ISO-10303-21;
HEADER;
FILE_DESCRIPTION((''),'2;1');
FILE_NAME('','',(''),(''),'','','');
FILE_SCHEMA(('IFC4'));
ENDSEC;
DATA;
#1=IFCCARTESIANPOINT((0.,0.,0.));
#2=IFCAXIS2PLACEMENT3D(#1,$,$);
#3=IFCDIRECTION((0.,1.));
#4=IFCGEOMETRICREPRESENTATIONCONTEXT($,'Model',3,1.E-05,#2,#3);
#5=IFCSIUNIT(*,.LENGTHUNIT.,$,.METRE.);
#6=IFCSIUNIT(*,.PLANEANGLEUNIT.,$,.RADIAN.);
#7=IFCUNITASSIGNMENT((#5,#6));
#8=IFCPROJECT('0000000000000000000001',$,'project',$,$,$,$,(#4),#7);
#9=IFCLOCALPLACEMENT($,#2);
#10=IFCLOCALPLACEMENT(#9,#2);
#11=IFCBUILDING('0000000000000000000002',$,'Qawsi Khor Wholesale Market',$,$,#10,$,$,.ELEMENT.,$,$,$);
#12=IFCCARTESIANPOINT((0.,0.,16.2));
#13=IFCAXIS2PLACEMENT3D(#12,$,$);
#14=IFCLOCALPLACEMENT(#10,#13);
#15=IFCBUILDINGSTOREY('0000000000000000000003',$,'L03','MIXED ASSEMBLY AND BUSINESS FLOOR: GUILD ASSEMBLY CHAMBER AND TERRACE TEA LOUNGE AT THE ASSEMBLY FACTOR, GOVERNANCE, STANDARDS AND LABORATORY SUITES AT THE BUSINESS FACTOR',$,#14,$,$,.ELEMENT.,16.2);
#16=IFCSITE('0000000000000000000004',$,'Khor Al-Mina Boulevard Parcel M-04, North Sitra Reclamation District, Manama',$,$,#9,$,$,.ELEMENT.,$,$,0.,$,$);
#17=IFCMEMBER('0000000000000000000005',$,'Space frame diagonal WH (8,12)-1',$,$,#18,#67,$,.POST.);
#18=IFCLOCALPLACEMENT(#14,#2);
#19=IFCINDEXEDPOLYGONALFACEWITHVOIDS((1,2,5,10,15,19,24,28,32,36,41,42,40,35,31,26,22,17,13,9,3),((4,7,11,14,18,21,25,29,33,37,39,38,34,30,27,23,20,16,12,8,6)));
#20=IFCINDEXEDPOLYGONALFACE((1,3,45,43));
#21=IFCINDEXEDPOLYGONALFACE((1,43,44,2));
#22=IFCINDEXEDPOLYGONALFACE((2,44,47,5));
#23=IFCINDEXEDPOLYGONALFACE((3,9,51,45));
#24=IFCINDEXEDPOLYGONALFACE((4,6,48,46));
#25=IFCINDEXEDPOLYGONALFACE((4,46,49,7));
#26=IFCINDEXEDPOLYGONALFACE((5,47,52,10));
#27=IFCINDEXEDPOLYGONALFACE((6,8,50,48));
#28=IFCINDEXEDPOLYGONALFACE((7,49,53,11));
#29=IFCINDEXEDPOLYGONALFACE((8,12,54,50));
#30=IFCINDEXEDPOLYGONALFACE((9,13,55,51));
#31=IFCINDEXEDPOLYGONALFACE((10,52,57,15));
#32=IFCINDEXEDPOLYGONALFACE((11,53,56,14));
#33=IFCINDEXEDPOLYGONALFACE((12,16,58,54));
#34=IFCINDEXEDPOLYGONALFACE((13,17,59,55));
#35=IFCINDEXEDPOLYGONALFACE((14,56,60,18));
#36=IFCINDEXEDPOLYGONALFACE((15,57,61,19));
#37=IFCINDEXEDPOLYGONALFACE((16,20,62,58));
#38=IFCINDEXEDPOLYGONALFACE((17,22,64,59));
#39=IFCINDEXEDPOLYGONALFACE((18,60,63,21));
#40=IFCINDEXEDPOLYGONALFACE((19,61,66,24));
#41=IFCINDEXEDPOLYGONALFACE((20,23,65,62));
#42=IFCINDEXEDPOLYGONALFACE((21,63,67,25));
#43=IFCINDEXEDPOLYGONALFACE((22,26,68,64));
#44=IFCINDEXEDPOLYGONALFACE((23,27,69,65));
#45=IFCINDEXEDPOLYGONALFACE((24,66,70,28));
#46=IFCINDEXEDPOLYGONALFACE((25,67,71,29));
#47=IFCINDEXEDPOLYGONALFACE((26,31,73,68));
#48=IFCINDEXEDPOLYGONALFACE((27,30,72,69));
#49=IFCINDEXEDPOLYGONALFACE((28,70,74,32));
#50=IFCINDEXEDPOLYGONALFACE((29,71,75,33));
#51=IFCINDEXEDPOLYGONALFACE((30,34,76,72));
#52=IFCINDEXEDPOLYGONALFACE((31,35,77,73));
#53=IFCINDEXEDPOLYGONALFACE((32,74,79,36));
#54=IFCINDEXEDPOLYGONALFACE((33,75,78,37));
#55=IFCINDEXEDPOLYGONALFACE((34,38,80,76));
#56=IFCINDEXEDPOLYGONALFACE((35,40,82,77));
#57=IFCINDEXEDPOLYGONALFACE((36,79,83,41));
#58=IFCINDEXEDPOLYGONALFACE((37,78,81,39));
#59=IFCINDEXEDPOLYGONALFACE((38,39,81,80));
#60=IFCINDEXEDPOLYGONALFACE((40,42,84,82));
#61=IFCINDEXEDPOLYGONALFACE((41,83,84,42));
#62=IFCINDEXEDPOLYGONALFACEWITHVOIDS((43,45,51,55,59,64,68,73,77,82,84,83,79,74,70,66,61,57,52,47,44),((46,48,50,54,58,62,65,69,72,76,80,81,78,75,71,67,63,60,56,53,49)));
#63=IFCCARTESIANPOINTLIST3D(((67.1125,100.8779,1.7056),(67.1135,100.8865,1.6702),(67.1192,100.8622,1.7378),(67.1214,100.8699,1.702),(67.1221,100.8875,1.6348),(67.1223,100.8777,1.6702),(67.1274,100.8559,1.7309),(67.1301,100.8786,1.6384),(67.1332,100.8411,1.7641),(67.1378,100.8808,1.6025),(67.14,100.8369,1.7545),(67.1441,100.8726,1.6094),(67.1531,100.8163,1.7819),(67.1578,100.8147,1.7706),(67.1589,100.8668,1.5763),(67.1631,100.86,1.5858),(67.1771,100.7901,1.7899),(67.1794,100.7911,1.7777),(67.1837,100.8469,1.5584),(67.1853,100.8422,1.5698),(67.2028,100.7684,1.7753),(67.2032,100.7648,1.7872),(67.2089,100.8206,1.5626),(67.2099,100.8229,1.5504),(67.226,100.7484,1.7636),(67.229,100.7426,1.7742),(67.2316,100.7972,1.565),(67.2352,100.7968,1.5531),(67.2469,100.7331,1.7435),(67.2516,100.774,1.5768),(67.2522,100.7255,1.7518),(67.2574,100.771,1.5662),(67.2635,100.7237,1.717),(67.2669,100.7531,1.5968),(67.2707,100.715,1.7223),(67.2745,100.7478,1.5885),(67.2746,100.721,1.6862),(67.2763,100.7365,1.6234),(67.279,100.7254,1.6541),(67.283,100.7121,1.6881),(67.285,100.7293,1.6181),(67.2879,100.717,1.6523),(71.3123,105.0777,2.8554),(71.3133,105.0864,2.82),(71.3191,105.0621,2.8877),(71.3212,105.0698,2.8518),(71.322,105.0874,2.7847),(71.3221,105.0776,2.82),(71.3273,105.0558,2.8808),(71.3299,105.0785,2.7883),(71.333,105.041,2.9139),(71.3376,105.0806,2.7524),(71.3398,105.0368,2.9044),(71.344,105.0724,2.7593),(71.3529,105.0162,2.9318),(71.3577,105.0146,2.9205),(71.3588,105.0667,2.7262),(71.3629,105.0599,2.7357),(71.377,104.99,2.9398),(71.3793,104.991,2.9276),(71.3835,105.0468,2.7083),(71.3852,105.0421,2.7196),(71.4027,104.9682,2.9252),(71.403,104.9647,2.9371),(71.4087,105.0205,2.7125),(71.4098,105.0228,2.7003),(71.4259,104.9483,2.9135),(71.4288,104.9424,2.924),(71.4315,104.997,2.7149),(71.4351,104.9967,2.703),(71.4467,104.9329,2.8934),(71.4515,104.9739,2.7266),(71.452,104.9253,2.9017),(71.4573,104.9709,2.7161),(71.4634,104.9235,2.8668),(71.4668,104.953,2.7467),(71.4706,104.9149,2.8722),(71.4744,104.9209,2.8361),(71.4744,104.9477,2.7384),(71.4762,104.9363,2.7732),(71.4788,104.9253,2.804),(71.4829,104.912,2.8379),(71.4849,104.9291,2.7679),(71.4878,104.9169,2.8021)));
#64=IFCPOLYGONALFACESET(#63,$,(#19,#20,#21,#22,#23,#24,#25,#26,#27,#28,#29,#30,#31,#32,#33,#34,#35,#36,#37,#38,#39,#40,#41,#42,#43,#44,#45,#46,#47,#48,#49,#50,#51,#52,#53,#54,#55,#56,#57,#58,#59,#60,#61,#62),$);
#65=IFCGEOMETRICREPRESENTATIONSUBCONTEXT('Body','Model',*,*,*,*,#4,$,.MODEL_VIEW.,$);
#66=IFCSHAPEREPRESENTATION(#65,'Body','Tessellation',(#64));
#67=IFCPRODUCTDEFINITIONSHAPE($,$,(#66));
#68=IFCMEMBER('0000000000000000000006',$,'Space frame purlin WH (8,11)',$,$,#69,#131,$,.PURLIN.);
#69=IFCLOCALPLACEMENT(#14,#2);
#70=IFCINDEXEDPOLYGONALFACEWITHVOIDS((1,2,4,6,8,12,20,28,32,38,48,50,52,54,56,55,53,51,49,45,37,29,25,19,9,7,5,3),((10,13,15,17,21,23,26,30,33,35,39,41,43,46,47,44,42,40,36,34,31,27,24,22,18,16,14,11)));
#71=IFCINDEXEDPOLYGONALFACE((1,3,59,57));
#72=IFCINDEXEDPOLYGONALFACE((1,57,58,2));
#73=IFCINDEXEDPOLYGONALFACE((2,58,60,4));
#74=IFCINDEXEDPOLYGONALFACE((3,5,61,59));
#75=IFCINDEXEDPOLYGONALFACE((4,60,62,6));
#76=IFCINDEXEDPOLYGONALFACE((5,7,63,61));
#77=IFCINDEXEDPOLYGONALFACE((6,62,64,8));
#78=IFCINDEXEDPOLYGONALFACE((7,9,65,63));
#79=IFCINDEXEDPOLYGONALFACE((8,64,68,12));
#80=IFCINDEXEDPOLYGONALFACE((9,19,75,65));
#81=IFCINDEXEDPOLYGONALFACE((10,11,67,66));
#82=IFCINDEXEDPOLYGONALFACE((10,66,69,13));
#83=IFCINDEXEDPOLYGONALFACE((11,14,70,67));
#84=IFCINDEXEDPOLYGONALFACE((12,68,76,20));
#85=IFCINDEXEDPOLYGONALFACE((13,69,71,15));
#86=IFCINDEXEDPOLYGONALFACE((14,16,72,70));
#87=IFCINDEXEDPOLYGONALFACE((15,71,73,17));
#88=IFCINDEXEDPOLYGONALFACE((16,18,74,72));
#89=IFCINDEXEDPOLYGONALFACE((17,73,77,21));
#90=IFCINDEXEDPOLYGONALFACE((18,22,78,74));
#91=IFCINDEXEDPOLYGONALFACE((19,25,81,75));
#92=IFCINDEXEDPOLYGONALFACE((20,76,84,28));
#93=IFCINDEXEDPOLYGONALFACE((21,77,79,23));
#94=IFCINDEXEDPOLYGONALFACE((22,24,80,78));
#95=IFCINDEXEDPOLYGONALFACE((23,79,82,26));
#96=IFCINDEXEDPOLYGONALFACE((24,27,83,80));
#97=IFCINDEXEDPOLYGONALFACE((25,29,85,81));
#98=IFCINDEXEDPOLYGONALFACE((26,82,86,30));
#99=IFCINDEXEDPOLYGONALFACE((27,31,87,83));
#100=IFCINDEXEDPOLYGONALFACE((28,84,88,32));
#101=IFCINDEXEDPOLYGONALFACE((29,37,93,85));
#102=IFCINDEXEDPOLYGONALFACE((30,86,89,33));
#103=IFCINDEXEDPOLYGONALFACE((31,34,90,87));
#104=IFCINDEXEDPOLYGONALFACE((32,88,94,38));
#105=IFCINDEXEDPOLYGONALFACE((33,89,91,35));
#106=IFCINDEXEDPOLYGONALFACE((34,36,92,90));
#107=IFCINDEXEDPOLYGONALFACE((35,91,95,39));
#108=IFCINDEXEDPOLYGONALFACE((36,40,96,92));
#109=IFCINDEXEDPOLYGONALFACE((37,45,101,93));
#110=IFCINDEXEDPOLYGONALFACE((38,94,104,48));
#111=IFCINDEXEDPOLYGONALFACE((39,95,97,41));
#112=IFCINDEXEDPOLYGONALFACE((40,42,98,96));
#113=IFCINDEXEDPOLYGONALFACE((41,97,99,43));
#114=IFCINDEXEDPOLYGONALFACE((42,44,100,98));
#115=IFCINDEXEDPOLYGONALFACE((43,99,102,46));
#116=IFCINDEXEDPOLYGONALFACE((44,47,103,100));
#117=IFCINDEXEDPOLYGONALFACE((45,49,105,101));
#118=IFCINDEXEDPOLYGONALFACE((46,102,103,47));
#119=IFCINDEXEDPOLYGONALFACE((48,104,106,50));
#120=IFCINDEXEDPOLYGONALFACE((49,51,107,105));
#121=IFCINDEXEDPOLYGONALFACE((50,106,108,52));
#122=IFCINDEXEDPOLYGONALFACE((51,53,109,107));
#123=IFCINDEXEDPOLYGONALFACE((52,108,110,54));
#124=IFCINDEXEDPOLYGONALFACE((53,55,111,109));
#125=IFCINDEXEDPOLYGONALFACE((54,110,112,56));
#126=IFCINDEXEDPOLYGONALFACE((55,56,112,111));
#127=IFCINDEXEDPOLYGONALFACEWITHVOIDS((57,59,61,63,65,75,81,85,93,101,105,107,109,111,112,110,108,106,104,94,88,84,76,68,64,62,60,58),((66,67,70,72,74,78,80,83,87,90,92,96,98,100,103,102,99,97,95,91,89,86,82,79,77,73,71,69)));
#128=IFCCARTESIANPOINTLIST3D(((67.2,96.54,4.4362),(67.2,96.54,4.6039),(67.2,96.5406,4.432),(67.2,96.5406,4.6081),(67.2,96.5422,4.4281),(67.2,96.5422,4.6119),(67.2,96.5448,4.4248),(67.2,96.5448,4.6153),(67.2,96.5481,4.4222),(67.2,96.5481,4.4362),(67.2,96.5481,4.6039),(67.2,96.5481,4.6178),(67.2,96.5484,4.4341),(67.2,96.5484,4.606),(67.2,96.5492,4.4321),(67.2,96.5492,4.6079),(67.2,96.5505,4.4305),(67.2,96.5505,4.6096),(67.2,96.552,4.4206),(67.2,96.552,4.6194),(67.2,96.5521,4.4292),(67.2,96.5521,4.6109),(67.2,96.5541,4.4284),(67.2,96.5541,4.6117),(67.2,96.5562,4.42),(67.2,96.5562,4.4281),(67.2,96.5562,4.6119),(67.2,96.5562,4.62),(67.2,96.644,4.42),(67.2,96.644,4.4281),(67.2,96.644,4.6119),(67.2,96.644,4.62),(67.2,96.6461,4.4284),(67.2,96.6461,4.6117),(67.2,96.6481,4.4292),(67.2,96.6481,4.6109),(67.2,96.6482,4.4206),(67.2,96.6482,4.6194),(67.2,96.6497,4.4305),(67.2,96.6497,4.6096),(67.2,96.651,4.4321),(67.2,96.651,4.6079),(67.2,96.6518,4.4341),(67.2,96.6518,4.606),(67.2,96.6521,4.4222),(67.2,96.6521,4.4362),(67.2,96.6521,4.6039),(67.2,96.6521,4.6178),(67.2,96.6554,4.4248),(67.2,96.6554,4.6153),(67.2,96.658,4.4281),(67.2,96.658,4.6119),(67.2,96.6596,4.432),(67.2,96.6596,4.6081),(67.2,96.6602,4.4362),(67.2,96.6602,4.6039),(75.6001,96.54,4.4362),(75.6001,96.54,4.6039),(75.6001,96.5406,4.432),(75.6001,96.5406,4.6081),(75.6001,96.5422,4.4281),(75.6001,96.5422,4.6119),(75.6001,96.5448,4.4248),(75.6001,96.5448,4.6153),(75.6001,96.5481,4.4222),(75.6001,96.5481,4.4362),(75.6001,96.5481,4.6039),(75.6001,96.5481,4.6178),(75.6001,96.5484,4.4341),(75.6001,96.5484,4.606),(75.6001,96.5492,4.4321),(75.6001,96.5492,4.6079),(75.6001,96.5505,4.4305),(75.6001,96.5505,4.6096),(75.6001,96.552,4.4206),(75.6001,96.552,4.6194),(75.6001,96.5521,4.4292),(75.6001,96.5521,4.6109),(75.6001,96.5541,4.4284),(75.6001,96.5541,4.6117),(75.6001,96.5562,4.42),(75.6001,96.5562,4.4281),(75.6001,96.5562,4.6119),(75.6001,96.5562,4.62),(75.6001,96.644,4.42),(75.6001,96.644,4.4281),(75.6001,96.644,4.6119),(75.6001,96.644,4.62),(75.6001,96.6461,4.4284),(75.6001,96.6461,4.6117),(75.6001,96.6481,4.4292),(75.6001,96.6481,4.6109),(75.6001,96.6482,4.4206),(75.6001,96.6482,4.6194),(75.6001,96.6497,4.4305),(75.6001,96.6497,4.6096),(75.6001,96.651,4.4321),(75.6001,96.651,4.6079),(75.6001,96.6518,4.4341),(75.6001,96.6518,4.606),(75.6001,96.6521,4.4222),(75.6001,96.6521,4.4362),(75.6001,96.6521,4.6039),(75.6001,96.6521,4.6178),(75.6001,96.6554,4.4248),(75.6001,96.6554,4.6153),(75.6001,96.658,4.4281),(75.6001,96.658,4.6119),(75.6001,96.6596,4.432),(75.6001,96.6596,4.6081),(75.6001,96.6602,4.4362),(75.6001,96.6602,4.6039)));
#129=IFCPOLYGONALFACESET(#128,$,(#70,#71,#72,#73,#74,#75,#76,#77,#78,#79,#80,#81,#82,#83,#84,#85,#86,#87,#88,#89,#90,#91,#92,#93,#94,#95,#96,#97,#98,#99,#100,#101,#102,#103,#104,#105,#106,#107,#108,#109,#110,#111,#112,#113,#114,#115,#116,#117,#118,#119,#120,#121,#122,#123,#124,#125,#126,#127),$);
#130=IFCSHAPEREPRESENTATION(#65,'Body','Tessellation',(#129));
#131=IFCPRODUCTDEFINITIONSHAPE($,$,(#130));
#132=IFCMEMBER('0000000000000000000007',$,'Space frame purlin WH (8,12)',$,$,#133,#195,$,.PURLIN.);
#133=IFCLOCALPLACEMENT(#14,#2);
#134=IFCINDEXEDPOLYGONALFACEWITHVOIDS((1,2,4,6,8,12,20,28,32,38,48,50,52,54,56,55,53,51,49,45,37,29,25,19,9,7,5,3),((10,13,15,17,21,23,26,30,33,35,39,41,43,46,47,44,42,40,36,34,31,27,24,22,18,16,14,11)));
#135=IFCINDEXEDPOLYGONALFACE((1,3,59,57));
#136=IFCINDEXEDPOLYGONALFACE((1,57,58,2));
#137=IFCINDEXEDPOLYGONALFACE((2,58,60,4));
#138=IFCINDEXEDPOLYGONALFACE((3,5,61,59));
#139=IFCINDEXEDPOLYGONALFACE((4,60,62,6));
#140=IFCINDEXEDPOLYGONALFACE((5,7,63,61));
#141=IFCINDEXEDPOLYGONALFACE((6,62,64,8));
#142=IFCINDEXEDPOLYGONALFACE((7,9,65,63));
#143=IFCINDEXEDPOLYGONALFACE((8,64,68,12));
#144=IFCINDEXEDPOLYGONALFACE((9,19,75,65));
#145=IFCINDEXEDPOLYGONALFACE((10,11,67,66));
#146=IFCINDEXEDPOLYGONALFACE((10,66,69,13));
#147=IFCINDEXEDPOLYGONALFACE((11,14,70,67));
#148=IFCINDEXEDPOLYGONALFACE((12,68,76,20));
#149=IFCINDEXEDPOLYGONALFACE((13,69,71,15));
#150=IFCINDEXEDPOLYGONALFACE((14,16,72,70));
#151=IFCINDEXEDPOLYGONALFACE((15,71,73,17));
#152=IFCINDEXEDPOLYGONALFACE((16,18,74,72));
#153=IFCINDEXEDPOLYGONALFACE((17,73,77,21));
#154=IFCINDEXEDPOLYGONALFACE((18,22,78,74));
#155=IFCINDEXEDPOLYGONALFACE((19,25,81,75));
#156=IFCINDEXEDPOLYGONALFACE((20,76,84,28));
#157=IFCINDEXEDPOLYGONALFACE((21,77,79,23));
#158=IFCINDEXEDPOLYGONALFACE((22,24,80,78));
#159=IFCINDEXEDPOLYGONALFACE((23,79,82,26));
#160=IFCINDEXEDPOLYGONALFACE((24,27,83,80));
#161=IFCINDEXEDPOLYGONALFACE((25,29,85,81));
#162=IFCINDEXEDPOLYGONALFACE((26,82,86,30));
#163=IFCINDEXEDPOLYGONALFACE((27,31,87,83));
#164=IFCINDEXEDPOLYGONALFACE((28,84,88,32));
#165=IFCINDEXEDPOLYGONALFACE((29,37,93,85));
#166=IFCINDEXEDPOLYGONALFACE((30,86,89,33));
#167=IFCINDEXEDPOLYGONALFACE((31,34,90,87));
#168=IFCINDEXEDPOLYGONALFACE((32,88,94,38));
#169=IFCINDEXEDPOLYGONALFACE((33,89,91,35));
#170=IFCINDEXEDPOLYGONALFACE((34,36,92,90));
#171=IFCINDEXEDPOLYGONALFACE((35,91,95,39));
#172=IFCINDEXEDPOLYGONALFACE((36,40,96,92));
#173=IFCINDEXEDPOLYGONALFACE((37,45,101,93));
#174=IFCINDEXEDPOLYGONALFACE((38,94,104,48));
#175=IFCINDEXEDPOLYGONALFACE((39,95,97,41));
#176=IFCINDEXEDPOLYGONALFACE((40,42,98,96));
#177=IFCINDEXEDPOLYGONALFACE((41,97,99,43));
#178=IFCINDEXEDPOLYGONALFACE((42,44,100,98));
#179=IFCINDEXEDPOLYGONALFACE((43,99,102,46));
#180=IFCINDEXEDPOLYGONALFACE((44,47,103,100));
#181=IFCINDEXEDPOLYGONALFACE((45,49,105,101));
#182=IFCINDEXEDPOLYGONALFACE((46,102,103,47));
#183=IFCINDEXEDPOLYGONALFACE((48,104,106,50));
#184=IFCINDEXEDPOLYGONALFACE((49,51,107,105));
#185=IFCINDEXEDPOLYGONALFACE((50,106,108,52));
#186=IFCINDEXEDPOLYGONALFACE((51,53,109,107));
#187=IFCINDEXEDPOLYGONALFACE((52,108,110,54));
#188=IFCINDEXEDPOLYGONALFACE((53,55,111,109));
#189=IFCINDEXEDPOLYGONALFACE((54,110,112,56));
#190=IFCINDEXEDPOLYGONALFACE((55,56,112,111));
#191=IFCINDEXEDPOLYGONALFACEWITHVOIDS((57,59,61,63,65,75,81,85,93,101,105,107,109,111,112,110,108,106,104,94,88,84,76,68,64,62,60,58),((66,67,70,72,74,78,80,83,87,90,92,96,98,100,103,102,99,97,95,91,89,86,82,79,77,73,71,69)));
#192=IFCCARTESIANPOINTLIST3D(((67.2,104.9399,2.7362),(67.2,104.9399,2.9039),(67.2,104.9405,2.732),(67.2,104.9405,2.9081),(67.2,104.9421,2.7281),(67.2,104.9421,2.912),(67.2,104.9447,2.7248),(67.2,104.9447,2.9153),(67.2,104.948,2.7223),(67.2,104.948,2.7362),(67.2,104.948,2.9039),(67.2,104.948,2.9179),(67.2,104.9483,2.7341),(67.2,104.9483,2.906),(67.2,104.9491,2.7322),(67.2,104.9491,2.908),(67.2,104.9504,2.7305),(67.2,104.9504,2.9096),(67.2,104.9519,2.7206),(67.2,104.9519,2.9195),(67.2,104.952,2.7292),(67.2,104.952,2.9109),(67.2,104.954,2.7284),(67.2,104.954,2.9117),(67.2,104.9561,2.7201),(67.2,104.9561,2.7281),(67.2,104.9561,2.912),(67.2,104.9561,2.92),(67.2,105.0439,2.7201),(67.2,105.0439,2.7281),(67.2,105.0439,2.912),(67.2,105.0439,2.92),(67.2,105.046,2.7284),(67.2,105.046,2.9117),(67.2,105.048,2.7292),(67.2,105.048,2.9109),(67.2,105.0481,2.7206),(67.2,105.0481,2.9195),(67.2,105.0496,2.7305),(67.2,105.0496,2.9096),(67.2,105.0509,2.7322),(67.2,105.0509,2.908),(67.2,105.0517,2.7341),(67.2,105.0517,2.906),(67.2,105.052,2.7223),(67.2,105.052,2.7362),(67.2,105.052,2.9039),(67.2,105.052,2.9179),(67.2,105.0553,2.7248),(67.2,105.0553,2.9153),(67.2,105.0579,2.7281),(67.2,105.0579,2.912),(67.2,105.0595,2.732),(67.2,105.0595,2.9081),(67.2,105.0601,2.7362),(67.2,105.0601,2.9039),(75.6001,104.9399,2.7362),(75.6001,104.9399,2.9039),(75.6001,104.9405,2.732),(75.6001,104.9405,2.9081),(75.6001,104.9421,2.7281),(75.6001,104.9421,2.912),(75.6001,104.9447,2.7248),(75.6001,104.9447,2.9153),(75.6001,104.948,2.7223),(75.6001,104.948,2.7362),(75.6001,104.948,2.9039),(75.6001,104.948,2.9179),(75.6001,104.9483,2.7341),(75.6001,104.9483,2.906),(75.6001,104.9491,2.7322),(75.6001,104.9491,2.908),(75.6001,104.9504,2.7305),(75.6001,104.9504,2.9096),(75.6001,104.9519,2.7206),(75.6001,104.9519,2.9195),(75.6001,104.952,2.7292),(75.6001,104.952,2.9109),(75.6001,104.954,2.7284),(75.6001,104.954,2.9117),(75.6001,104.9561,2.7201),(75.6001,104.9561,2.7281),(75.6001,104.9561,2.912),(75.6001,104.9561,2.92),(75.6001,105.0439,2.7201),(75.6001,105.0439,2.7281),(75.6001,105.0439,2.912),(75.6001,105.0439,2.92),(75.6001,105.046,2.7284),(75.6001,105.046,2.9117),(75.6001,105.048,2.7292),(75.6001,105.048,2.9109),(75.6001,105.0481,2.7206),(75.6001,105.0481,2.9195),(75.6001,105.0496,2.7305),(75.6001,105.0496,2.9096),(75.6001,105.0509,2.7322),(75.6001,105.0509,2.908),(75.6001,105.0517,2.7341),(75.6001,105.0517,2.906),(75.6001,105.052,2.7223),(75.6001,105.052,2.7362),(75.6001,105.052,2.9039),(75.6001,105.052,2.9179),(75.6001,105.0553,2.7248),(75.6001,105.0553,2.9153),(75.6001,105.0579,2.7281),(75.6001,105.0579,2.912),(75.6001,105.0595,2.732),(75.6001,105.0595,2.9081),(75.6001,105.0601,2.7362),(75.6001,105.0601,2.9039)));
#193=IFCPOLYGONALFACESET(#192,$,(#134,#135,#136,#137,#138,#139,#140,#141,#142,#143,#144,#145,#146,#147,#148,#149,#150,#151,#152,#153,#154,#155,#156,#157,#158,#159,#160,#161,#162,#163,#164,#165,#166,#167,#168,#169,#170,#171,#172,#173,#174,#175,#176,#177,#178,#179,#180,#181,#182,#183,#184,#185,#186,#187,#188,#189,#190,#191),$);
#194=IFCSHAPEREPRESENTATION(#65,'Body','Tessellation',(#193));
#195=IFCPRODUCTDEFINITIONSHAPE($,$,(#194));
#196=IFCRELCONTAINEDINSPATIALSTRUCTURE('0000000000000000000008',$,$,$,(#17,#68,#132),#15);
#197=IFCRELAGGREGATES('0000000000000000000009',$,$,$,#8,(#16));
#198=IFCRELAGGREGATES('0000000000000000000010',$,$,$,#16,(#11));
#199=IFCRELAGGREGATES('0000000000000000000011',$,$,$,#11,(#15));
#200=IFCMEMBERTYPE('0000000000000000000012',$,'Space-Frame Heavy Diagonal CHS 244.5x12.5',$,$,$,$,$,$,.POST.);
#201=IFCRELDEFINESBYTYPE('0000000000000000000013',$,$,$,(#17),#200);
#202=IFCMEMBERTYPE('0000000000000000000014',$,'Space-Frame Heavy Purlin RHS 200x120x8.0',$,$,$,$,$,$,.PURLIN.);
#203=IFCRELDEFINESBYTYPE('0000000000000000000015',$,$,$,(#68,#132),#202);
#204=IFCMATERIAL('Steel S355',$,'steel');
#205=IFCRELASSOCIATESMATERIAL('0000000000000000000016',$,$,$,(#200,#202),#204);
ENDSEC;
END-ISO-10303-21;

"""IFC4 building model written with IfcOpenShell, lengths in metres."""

from ifc_helpers import new_model, si_unit, direction, frame, origin, origin_2d, place, context, subcontext, project, spatial, hollow_rectangle, hollow_circle, extrude, material, material_profile, profile_set, type_object, element, save


model = new_model("IFC4")

# Units and contexts
model_context = context("Model", 3, precision=1e-05, world=origin(), true_north=direction((0.0, 1.0)))
body_context = subcontext(model_context, "Body", "Model", "MODEL_VIEW")
ifc_project = project(units=[si_unit("LENGTHUNIT", "METRE"), si_unit("PLANEANGLEUNIT", "RADIAN")], contexts=[model_context])

# Site, building, storey
site_placement = place(None, origin())
site = spatial("IfcSite", under=ifc_project, at=site_placement, Name="Khor Al-Mina Boulevard Parcel M-04, North Sitra Reclamation District, Manama", CompositionType="ELEMENT", RefElevation=0.0)
building_placement = place(site_placement, origin())
building = spatial("IfcBuilding", under=site, at=building_placement, Name="Qawsi Khor Wholesale Market", CompositionType="ELEMENT")
storey_placement = place(building_placement, frame((0.0, 0.0, 16.2)))
storey = spatial("IfcBuildingStorey", under=building, at=storey_placement, Name="L03", Description="MIXED ASSEMBLY AND BUSINESS FLOOR: GUILD ASSEMBLY CHAMBER AND TERRACE TEA LOUNGE AT THE ASSEMBLY FACTOR, GOVERNANCE, STANDARDS AND LABORATORY SUITES AT THE BUSINESS FACTOR", CompositionType="ELEMENT", Elevation=16.2)

# Members
ifc_material_1 = material(Name="Steel S355", Category="steel")
ifc_material_profile_1 = material_profile(ifc_material_1, hollow_circle(Radius=0.1223, WallThickness=0.0125, at=origin_2d()), Name="CHS 244.5x12.5")
ifc_profile_set_1 = profile_set([ifc_material_profile_1], Name="Steel S355")
member_type_1 = type_object("IfcMemberType", Name="Space-Frame Heavy Diagonal CHS 244.5x12.5", PredefinedType="POST", material=ifc_profile_set_1)
member_1_placement = place(storey_placement, frame((67.2, 100.8, 1.6702), z_axis=(0.694217, 0.694217, 0.190069), x_axis=(-0.707107, 0.707107, 0.0)))
element("IfcMember", 1, at=member_1_placement, inside=storey, type_object=member_type_1, Name="Space frame diagonal WH (8,12)-1", PredefinedType="POST", context=body_context, shape_type="SweptSolid", body=[
    extrude(hollow_circle(Radius=0.1223, WallThickness=0.0125, at=origin_2d()), origin(), (0.0, 0.0, 1.0), 6.0498),
])
ifc_material_profile_2 = material_profile(ifc_material_1, hollow_rectangle(XDim=0.1201, YDim=0.2, WallThickness=0.0081, InnerFilletRadius=0.0081, OuterFilletRadius=0.0161, at=origin_2d()), Name="RHS 200x120x8.0")
ifc_profile_set_2 = profile_set([ifc_material_profile_2], Name="Steel S355")
member_type_2 = type_object("IfcMemberType", Name="Space-Frame Heavy Purlin RHS 200x120x8.0", PredefinedType="PURLIN", material=ifc_profile_set_2)
for number, where, z_axis, x_axis, name in (
    (2, (67.2, 96.6001, 4.52), (1.0, 0.0, 0.0), (0.0, 1.0, 0.0), "Space frame purlin WH (8,11)"),
    (3, (67.2, 105.0, 2.8201), (1.0, 0.0, 0.0), (0.0, 1.0, 0.0), "Space frame purlin WH (8,12)"),
):
    element("IfcMember", number, at=place(storey_placement, frame(where, z_axis=z_axis, x_axis=x_axis)), inside=storey, type_object=member_type_2, Name=name, PredefinedType="PURLIN", context=body_context, shape_type="SweptSolid", body=[
        extrude(hollow_rectangle(XDim=0.1201, YDim=0.2, WallThickness=0.0081, InnerFilletRadius=0.0081, OuterFilletRadius=0.0161, at=origin_2d()), origin(), (0.0, 0.0, 1.0), 8.4001),
    ])

save(model, "model.ifc")
